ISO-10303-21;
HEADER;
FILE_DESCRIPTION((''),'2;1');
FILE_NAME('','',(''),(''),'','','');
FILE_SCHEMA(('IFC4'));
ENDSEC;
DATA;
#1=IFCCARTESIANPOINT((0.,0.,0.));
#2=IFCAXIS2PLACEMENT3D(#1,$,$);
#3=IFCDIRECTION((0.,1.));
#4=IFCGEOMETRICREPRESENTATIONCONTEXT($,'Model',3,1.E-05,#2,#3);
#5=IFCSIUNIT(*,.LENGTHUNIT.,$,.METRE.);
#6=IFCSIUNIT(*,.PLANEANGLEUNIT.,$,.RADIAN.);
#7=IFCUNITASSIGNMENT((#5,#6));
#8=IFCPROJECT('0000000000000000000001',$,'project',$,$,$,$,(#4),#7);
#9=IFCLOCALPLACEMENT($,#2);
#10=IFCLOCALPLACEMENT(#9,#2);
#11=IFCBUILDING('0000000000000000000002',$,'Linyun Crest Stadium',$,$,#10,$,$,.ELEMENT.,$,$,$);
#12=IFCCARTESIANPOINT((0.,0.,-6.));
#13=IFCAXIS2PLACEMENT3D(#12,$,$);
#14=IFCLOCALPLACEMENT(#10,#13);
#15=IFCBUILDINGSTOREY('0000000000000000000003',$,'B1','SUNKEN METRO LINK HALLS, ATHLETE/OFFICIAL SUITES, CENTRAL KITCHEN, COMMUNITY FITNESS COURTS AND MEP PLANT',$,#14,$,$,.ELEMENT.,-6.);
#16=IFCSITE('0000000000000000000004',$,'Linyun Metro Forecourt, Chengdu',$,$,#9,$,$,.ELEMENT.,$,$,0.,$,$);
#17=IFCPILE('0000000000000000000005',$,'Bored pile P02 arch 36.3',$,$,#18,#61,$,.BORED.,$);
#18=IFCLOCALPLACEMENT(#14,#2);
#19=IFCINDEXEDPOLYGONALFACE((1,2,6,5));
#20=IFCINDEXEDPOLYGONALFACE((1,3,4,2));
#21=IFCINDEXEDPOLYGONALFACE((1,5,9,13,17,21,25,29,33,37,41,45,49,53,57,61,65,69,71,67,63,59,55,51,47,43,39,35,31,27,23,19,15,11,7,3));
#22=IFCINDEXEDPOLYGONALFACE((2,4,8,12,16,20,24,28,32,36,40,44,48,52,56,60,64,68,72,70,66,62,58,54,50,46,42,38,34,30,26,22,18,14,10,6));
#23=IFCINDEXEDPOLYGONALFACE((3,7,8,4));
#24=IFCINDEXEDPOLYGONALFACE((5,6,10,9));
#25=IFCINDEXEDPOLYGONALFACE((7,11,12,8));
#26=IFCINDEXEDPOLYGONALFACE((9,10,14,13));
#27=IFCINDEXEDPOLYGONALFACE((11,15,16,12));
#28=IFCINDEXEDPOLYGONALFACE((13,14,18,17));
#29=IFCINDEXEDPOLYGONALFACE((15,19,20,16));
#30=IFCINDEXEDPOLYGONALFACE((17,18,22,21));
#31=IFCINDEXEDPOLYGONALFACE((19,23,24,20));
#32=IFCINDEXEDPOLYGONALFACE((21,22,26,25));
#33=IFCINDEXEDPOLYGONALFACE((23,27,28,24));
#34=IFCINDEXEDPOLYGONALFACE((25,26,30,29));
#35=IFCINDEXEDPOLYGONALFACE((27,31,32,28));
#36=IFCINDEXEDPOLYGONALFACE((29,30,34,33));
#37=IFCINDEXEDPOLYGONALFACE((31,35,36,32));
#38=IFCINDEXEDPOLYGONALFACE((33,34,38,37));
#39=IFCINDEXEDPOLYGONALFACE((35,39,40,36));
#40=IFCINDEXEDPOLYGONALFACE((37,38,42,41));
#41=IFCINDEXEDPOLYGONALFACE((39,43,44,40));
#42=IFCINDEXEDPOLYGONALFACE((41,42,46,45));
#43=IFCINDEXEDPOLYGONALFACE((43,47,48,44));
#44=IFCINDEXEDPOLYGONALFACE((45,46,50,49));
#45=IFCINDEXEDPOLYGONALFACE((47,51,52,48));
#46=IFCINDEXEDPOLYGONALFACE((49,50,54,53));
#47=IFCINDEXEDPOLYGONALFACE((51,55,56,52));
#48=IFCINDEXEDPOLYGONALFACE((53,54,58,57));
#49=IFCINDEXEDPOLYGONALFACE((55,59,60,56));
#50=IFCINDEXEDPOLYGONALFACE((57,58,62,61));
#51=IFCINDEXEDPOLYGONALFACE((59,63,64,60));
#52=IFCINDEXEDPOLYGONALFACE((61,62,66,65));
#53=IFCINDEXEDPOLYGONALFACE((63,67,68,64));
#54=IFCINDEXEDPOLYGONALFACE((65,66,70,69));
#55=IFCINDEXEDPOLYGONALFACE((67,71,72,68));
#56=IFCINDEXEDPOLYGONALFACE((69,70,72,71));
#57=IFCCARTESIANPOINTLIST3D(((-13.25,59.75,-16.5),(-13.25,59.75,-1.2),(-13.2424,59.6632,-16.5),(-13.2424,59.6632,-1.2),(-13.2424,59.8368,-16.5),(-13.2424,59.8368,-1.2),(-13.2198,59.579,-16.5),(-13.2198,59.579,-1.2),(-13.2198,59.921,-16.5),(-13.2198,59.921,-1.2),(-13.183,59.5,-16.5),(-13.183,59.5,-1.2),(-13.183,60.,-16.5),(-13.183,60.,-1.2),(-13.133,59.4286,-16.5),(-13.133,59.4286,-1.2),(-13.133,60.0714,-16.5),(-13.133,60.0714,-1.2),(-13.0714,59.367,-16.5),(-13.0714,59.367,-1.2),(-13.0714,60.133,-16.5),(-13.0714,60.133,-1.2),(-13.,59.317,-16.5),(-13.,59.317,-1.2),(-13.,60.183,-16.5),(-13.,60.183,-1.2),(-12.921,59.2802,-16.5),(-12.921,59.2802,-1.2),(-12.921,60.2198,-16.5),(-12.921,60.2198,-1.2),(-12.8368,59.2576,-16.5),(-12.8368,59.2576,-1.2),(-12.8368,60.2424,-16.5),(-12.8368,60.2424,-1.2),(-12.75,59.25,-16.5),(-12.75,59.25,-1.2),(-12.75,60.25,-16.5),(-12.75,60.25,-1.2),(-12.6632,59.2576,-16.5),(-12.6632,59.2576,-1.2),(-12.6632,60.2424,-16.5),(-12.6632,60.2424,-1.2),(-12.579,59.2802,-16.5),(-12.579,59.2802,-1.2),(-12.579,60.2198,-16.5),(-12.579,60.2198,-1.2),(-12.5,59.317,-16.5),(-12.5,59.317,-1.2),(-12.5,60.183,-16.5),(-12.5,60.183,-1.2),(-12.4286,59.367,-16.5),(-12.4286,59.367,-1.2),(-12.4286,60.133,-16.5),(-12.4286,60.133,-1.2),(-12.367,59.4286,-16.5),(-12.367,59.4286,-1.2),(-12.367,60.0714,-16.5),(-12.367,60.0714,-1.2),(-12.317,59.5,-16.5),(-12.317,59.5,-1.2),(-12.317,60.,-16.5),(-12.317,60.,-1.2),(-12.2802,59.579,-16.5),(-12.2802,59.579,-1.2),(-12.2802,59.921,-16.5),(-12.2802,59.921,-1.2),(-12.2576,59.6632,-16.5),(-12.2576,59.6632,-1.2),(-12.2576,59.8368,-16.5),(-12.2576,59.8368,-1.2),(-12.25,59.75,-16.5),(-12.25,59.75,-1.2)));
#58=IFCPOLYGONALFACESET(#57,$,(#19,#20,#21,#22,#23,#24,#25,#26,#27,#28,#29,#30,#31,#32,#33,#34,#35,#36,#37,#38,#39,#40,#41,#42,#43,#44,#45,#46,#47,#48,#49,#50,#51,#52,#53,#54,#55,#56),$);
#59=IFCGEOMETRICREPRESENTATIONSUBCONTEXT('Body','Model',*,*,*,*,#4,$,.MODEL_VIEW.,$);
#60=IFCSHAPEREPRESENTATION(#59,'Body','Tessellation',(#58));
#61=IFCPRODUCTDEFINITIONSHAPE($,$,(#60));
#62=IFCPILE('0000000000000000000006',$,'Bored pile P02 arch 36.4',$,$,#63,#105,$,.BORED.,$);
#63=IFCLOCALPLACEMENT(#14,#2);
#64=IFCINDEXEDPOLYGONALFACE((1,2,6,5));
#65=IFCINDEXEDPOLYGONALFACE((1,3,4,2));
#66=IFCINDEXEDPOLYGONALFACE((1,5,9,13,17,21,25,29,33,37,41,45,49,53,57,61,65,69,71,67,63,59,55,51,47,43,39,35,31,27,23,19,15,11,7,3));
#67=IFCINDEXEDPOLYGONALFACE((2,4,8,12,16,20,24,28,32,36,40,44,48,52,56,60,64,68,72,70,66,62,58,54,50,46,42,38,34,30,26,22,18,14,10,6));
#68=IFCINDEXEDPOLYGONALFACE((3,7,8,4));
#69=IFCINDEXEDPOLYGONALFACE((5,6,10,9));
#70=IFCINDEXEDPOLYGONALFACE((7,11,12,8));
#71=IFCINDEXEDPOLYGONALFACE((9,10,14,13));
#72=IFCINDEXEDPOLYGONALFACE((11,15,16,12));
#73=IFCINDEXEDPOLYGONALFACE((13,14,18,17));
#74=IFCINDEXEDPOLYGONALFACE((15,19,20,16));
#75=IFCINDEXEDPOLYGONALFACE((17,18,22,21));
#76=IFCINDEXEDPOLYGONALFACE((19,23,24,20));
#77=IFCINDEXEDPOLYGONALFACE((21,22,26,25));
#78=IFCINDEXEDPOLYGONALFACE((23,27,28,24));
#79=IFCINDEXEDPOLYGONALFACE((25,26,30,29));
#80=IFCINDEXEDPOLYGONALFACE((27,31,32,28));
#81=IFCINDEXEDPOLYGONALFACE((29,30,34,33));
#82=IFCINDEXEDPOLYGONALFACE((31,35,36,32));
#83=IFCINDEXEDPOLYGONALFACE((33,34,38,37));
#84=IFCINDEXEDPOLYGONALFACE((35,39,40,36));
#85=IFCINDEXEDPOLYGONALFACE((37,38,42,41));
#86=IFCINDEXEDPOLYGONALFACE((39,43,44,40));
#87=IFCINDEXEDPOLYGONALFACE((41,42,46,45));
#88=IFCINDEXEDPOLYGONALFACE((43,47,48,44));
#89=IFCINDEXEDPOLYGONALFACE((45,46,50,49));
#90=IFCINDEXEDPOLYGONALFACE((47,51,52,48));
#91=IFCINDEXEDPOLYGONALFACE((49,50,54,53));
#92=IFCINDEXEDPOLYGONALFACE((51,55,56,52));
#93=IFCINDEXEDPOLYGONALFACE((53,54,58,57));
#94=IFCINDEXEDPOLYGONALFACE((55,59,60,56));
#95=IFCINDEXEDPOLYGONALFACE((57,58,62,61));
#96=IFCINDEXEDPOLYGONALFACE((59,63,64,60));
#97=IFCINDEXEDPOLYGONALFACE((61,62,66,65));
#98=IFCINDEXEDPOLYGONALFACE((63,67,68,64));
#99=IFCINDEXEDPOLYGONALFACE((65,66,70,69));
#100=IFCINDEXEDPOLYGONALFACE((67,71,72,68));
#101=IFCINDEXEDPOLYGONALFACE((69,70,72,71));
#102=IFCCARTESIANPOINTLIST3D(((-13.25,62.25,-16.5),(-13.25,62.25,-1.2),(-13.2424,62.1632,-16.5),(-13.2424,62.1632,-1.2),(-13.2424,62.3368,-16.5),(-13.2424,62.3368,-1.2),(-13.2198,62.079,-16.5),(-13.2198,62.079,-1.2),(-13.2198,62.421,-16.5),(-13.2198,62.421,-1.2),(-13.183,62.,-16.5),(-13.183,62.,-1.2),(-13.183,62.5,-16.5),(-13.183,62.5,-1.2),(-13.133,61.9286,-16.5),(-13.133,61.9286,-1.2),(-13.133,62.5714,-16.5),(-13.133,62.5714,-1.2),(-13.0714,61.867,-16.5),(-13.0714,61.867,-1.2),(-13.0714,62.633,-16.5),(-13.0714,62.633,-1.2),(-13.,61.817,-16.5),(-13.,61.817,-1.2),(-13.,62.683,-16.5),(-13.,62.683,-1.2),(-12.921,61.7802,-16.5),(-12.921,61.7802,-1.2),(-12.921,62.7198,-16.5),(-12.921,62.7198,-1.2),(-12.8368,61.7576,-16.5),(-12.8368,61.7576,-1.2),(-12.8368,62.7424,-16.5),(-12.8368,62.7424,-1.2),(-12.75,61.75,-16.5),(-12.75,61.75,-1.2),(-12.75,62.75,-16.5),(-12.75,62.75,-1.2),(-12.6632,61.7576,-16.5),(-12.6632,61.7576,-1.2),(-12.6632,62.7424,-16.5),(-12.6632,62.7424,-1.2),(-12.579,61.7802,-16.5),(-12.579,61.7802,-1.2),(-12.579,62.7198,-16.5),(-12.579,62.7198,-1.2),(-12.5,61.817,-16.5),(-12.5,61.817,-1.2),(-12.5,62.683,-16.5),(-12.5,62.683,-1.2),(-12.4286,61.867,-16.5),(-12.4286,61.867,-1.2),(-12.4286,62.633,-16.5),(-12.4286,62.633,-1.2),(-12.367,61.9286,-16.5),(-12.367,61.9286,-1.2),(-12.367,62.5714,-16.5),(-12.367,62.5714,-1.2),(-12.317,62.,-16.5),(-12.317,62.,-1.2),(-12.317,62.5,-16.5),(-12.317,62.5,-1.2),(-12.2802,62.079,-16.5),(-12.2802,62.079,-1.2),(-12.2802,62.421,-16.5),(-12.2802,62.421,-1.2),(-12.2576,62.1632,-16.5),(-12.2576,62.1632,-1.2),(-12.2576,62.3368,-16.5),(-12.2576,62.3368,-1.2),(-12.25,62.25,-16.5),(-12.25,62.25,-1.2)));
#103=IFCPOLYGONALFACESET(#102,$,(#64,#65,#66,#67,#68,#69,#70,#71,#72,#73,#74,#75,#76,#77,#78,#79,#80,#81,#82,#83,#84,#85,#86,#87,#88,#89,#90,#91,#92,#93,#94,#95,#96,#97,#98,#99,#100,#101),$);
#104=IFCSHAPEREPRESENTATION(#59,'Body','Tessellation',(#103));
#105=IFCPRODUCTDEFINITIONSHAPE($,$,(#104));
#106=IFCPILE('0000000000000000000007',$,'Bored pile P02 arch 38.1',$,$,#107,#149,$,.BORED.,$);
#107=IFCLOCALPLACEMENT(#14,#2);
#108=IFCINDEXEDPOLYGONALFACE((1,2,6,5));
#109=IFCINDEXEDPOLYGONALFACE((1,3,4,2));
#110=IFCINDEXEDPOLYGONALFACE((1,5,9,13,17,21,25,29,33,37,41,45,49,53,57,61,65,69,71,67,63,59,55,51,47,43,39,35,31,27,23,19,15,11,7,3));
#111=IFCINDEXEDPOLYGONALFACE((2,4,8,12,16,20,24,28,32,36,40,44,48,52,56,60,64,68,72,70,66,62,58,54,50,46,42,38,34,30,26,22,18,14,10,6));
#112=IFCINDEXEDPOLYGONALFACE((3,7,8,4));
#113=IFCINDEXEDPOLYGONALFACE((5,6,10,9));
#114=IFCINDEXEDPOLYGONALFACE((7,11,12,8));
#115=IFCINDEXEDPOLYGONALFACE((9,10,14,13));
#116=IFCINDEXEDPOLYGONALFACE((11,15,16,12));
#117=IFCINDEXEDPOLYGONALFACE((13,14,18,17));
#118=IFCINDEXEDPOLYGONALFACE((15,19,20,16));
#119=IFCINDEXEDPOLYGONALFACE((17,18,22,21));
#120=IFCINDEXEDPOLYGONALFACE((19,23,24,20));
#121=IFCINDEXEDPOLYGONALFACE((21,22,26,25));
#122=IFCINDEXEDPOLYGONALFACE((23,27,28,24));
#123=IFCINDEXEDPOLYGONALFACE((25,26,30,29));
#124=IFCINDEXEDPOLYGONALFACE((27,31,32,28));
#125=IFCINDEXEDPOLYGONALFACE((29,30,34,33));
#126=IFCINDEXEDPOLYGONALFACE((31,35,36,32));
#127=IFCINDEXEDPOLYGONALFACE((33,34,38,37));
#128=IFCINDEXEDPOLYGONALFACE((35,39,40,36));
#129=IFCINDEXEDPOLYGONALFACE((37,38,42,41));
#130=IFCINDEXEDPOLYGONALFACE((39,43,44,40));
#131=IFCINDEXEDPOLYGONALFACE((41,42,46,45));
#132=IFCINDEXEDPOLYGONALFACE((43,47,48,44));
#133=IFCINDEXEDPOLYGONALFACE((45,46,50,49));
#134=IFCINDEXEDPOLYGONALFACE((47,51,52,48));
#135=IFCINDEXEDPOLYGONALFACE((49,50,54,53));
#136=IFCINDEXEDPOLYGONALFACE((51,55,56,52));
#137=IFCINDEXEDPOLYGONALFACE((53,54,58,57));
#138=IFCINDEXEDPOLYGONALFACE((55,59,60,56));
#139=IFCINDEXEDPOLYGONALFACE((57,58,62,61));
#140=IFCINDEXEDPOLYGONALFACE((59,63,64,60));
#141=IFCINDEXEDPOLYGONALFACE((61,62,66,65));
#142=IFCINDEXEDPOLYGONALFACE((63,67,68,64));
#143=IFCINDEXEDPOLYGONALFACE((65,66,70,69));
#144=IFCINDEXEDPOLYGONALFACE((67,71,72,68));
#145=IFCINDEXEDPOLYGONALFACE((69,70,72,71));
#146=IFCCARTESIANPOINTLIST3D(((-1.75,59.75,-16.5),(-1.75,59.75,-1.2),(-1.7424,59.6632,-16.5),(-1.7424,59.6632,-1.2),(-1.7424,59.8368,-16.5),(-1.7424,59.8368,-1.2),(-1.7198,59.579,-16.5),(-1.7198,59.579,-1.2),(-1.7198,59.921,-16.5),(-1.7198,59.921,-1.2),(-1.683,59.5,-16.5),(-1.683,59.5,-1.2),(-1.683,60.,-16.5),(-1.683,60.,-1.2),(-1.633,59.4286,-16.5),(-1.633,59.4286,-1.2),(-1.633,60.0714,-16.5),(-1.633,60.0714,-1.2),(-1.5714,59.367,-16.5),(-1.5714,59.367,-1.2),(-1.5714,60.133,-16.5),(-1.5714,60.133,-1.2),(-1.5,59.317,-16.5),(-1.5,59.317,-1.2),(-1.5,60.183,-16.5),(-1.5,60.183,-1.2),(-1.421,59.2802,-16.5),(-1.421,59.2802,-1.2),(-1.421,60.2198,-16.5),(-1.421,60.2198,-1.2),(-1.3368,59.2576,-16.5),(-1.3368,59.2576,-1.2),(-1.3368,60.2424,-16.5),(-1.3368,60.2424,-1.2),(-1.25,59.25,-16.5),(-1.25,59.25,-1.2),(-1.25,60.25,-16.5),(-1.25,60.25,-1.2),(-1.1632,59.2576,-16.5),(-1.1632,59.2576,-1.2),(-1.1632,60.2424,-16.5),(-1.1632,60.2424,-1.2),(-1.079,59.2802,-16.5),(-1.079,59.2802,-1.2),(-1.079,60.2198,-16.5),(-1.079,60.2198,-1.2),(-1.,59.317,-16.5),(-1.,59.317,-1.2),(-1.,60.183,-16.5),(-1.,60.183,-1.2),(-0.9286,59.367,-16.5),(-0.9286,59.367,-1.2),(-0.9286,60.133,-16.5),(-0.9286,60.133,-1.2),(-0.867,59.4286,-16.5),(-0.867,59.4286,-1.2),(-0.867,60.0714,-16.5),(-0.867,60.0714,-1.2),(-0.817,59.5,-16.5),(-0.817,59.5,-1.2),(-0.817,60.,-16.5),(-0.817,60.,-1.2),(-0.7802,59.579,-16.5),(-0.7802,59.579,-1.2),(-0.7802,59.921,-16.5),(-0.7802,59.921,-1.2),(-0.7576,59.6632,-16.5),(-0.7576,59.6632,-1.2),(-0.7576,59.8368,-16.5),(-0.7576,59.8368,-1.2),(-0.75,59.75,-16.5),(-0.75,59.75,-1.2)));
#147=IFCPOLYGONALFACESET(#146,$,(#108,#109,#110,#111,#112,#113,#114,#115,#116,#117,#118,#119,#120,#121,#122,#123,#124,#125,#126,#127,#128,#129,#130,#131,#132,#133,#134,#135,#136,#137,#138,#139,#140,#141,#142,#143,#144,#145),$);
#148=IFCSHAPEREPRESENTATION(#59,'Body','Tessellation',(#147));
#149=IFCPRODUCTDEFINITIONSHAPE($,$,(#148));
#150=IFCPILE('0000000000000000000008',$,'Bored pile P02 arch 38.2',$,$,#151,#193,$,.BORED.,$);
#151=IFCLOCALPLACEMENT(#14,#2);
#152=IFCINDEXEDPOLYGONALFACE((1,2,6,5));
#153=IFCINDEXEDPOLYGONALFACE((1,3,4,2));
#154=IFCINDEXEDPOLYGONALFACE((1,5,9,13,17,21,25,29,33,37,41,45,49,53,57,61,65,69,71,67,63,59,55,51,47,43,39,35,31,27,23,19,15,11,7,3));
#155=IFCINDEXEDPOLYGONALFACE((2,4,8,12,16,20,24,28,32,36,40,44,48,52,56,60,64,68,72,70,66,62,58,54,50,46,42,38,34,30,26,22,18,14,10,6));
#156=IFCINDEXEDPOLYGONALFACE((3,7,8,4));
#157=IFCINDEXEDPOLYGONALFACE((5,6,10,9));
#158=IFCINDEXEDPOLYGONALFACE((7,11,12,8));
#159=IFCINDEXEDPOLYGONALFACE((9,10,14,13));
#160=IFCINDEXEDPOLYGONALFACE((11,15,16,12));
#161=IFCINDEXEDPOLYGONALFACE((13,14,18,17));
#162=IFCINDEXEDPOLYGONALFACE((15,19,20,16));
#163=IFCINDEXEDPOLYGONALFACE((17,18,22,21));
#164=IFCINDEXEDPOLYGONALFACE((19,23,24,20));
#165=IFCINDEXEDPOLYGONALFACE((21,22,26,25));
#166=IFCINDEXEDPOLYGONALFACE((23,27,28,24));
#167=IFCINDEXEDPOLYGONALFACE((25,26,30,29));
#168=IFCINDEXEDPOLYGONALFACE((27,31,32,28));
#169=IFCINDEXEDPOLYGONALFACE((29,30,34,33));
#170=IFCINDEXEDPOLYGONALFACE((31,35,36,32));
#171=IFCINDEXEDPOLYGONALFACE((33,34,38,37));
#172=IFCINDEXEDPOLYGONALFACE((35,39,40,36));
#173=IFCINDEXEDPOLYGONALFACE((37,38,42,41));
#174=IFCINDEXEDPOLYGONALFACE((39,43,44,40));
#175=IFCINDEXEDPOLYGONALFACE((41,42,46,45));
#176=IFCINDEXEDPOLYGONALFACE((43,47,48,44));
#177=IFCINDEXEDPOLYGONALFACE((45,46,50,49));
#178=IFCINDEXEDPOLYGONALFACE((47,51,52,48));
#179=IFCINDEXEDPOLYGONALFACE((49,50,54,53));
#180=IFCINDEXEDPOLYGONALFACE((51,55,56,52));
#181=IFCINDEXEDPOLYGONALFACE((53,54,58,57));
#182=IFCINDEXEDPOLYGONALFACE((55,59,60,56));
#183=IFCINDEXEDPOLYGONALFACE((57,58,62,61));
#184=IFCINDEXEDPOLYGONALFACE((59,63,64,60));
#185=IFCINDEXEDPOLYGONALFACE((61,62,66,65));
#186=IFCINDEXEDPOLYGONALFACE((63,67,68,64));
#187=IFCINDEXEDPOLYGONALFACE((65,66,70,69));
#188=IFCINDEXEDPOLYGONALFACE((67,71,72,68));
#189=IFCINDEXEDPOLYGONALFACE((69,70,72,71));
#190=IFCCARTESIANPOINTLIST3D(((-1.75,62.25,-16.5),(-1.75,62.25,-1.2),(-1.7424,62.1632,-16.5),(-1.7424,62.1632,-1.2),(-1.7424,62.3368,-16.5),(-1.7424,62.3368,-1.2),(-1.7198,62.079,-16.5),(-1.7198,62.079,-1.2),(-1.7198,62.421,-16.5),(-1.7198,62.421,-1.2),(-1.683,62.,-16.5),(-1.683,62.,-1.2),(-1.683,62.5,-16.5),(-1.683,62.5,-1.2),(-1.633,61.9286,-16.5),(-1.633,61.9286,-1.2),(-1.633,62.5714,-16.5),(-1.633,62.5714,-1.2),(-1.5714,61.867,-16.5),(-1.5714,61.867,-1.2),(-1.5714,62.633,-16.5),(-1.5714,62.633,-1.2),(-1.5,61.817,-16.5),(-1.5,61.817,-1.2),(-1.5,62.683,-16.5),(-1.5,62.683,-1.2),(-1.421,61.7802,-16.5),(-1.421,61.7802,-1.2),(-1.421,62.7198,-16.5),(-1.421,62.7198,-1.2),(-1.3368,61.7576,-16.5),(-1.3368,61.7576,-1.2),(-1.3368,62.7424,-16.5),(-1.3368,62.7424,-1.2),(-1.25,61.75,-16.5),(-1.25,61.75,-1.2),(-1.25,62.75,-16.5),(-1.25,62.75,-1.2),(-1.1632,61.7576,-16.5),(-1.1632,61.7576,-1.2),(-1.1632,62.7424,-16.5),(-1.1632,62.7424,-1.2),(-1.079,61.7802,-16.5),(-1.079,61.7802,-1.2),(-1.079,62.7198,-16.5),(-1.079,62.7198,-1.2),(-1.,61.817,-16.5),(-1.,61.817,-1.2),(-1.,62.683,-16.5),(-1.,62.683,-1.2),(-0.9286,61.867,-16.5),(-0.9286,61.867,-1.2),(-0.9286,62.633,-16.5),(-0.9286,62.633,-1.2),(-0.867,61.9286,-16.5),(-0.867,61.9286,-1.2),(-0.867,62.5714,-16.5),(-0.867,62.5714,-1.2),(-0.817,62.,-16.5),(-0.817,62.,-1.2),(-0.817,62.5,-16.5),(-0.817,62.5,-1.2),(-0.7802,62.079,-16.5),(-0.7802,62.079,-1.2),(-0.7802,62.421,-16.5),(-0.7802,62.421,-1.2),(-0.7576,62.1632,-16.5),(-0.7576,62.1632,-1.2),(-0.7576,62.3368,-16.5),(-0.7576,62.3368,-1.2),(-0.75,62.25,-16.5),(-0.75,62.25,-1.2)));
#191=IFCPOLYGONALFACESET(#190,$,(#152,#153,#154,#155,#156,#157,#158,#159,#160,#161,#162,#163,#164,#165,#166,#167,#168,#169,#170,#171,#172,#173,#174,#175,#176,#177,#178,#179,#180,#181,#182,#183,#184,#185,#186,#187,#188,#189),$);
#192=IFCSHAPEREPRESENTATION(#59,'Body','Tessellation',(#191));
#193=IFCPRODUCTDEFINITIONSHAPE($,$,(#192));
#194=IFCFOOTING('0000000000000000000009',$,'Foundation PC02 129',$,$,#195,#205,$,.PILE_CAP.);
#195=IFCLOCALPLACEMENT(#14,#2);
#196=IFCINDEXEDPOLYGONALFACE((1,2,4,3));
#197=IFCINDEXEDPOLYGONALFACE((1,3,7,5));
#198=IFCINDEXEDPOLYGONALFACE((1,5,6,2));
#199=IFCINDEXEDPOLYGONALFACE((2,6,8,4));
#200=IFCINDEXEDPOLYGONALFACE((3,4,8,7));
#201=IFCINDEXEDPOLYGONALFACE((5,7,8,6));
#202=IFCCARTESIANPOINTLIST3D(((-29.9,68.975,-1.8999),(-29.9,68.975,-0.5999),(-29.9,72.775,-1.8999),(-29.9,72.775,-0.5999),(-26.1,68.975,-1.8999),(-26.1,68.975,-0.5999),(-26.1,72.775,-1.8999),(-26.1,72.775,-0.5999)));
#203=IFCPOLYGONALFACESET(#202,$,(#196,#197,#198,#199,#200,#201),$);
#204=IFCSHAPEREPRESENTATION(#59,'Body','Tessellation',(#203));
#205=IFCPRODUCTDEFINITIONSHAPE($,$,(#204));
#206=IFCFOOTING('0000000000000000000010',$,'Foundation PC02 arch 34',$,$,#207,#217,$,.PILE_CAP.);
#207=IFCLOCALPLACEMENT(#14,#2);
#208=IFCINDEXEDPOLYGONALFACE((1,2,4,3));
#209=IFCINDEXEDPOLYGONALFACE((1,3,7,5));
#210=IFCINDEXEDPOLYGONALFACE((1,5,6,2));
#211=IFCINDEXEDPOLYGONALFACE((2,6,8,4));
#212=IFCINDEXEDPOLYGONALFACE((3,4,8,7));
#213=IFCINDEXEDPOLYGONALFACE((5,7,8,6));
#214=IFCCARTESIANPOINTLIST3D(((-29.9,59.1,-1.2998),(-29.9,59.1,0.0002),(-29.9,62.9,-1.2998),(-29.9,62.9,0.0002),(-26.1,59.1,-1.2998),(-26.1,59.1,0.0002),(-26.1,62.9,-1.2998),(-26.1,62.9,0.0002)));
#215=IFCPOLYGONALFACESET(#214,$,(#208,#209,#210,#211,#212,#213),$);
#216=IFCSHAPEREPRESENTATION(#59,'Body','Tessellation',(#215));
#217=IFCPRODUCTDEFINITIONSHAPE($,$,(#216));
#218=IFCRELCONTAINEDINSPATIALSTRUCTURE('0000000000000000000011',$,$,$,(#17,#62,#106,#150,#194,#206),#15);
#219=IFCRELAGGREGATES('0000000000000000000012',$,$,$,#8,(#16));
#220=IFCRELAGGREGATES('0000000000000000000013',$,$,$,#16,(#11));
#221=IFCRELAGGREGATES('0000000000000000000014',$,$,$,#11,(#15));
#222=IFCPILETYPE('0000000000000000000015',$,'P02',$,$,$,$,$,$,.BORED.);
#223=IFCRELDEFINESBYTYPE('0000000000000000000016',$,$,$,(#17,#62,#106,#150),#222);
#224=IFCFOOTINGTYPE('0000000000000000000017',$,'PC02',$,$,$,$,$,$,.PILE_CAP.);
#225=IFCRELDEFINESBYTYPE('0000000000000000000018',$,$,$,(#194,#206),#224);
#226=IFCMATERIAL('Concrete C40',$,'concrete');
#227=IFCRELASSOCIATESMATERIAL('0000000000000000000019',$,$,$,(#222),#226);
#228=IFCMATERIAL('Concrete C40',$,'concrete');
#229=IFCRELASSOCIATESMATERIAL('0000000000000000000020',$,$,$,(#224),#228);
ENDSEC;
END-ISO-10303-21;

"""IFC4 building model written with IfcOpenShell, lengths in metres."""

from ifc_helpers import new_model, si_unit, direction, frame, origin, origin_2d, place, context, subcontext, project, spatial, rectangle, circle, extrude, material, material_profile, profile_set, type_object, element, save


model = new_model("IFC4")

# Units and contexts
model_context = context("Model", 3, precision=1e-05, world=origin(), true_north=direction((0.0, 1.0)))
body_context = subcontext(model_context, "Body", "Model", "MODEL_VIEW")
ifc_project = project(units=[si_unit("LENGTHUNIT", "METRE"), si_unit("PLANEANGLEUNIT", "RADIAN")], contexts=[model_context])

# Site, building, storey
site_placement = place(None, origin())
site = spatial("IfcSite", under=ifc_project, at=site_placement, Name="Linyun Metro Forecourt, Chengdu", CompositionType="ELEMENT", RefElevation=0.0)
building_placement = place(site_placement, origin())
building = spatial("IfcBuilding", under=site, at=building_placement, Name="Linyun Crest Stadium", CompositionType="ELEMENT")
storey_placement = place(building_placement, frame((0.0, 0.0, -6.0)))
storey = spatial("IfcBuildingStorey", under=building, at=storey_placement, Name="B1", Description="SUNKEN METRO LINK HALLS, ATHLETE/OFFICIAL SUITES, CENTRAL KITCHEN, COMMUNITY FITNESS COURTS AND MEP PLANT", CompositionType="ELEMENT", Elevation=-6.0)

# Piles
ifc_material_1 = material(Name="Concrete C40", Category="concrete")
ifc_material_profile_1 = material_profile(ifc_material_1, circle(Radius=0.5, at=origin_2d()), Name="BORED PILE 1000")
ifc_profile_set_1 = profile_set([ifc_material_profile_1], Name="Concrete C40")
pile_type = type_object("IfcPileType", Name="P02", PredefinedType="BORED", material=ifc_profile_set_1)
for number, where, z_axis, x_axis, name in (
    (1, (-12.75, 59.75, -1.2), (0.0, 0.0, -1.0), (1.0, 0.0, 0.0), "Bored pile P02 arch 36.3"),
    (2, (-12.75, 62.25, -1.2), (0.0, 0.0, -1.0), (1.0, 0.0, 0.0), "Bored pile P02 arch 36.4"),
    (3, (-1.25, 59.75, -1.2), (0.0, 0.0, -1.0), (1.0, 0.0, 0.0), "Bored pile P02 arch 38.1"),
    (4, (-1.25, 62.25, -1.2), (0.0, 0.0, -1.0), (1.0, 0.0, 0.0), "Bored pile P02 arch 38.2"),
):
    element("IfcPile", number, at=place(storey_placement, frame(where, z_axis=z_axis, x_axis=x_axis)), inside=storey, type_object=pile_type, Name=name, PredefinedType="BORED", context=body_context, shape_type="SweptSolid", body=[
        extrude(circle(Radius=0.5, at=origin_2d()), origin(), (0.0, 0.0, 1.0), 15.3),
    ])

# Footings
ifc_material_2 = material(Name="Concrete C40", Category="concrete")
footing_type = type_object("IfcFootingType", Name="PC02", PredefinedType="PILE_CAP", material=ifc_material_2)
for number, where, z_axis, x_axis, name in (
    (5, (-28.0, 70.875, -1.8999), (0.0, 0.0, 1.0), (1.0, 0.0, 0.0), "Foundation PC02 129"),
    (6, (-28.0, 61.0, -1.2998), (0.0, 0.0, 1.0), (1.0, 0.0, 0.0), "Foundation PC02 arch 34"),
):
    element("IfcFooting", number, at=place(storey_placement, frame(where, z_axis=z_axis, x_axis=x_axis)), inside=storey, type_object=footing_type, Name=name, PredefinedType="PILE_CAP", context=body_context, shape_type="SweptSolid", body=[
        extrude(rectangle(XDim=3.8, YDim=3.8, at=origin_2d()), origin(), (0.0, 0.0, 1.0), 1.3),
    ])

save(model, "model.ifc")
